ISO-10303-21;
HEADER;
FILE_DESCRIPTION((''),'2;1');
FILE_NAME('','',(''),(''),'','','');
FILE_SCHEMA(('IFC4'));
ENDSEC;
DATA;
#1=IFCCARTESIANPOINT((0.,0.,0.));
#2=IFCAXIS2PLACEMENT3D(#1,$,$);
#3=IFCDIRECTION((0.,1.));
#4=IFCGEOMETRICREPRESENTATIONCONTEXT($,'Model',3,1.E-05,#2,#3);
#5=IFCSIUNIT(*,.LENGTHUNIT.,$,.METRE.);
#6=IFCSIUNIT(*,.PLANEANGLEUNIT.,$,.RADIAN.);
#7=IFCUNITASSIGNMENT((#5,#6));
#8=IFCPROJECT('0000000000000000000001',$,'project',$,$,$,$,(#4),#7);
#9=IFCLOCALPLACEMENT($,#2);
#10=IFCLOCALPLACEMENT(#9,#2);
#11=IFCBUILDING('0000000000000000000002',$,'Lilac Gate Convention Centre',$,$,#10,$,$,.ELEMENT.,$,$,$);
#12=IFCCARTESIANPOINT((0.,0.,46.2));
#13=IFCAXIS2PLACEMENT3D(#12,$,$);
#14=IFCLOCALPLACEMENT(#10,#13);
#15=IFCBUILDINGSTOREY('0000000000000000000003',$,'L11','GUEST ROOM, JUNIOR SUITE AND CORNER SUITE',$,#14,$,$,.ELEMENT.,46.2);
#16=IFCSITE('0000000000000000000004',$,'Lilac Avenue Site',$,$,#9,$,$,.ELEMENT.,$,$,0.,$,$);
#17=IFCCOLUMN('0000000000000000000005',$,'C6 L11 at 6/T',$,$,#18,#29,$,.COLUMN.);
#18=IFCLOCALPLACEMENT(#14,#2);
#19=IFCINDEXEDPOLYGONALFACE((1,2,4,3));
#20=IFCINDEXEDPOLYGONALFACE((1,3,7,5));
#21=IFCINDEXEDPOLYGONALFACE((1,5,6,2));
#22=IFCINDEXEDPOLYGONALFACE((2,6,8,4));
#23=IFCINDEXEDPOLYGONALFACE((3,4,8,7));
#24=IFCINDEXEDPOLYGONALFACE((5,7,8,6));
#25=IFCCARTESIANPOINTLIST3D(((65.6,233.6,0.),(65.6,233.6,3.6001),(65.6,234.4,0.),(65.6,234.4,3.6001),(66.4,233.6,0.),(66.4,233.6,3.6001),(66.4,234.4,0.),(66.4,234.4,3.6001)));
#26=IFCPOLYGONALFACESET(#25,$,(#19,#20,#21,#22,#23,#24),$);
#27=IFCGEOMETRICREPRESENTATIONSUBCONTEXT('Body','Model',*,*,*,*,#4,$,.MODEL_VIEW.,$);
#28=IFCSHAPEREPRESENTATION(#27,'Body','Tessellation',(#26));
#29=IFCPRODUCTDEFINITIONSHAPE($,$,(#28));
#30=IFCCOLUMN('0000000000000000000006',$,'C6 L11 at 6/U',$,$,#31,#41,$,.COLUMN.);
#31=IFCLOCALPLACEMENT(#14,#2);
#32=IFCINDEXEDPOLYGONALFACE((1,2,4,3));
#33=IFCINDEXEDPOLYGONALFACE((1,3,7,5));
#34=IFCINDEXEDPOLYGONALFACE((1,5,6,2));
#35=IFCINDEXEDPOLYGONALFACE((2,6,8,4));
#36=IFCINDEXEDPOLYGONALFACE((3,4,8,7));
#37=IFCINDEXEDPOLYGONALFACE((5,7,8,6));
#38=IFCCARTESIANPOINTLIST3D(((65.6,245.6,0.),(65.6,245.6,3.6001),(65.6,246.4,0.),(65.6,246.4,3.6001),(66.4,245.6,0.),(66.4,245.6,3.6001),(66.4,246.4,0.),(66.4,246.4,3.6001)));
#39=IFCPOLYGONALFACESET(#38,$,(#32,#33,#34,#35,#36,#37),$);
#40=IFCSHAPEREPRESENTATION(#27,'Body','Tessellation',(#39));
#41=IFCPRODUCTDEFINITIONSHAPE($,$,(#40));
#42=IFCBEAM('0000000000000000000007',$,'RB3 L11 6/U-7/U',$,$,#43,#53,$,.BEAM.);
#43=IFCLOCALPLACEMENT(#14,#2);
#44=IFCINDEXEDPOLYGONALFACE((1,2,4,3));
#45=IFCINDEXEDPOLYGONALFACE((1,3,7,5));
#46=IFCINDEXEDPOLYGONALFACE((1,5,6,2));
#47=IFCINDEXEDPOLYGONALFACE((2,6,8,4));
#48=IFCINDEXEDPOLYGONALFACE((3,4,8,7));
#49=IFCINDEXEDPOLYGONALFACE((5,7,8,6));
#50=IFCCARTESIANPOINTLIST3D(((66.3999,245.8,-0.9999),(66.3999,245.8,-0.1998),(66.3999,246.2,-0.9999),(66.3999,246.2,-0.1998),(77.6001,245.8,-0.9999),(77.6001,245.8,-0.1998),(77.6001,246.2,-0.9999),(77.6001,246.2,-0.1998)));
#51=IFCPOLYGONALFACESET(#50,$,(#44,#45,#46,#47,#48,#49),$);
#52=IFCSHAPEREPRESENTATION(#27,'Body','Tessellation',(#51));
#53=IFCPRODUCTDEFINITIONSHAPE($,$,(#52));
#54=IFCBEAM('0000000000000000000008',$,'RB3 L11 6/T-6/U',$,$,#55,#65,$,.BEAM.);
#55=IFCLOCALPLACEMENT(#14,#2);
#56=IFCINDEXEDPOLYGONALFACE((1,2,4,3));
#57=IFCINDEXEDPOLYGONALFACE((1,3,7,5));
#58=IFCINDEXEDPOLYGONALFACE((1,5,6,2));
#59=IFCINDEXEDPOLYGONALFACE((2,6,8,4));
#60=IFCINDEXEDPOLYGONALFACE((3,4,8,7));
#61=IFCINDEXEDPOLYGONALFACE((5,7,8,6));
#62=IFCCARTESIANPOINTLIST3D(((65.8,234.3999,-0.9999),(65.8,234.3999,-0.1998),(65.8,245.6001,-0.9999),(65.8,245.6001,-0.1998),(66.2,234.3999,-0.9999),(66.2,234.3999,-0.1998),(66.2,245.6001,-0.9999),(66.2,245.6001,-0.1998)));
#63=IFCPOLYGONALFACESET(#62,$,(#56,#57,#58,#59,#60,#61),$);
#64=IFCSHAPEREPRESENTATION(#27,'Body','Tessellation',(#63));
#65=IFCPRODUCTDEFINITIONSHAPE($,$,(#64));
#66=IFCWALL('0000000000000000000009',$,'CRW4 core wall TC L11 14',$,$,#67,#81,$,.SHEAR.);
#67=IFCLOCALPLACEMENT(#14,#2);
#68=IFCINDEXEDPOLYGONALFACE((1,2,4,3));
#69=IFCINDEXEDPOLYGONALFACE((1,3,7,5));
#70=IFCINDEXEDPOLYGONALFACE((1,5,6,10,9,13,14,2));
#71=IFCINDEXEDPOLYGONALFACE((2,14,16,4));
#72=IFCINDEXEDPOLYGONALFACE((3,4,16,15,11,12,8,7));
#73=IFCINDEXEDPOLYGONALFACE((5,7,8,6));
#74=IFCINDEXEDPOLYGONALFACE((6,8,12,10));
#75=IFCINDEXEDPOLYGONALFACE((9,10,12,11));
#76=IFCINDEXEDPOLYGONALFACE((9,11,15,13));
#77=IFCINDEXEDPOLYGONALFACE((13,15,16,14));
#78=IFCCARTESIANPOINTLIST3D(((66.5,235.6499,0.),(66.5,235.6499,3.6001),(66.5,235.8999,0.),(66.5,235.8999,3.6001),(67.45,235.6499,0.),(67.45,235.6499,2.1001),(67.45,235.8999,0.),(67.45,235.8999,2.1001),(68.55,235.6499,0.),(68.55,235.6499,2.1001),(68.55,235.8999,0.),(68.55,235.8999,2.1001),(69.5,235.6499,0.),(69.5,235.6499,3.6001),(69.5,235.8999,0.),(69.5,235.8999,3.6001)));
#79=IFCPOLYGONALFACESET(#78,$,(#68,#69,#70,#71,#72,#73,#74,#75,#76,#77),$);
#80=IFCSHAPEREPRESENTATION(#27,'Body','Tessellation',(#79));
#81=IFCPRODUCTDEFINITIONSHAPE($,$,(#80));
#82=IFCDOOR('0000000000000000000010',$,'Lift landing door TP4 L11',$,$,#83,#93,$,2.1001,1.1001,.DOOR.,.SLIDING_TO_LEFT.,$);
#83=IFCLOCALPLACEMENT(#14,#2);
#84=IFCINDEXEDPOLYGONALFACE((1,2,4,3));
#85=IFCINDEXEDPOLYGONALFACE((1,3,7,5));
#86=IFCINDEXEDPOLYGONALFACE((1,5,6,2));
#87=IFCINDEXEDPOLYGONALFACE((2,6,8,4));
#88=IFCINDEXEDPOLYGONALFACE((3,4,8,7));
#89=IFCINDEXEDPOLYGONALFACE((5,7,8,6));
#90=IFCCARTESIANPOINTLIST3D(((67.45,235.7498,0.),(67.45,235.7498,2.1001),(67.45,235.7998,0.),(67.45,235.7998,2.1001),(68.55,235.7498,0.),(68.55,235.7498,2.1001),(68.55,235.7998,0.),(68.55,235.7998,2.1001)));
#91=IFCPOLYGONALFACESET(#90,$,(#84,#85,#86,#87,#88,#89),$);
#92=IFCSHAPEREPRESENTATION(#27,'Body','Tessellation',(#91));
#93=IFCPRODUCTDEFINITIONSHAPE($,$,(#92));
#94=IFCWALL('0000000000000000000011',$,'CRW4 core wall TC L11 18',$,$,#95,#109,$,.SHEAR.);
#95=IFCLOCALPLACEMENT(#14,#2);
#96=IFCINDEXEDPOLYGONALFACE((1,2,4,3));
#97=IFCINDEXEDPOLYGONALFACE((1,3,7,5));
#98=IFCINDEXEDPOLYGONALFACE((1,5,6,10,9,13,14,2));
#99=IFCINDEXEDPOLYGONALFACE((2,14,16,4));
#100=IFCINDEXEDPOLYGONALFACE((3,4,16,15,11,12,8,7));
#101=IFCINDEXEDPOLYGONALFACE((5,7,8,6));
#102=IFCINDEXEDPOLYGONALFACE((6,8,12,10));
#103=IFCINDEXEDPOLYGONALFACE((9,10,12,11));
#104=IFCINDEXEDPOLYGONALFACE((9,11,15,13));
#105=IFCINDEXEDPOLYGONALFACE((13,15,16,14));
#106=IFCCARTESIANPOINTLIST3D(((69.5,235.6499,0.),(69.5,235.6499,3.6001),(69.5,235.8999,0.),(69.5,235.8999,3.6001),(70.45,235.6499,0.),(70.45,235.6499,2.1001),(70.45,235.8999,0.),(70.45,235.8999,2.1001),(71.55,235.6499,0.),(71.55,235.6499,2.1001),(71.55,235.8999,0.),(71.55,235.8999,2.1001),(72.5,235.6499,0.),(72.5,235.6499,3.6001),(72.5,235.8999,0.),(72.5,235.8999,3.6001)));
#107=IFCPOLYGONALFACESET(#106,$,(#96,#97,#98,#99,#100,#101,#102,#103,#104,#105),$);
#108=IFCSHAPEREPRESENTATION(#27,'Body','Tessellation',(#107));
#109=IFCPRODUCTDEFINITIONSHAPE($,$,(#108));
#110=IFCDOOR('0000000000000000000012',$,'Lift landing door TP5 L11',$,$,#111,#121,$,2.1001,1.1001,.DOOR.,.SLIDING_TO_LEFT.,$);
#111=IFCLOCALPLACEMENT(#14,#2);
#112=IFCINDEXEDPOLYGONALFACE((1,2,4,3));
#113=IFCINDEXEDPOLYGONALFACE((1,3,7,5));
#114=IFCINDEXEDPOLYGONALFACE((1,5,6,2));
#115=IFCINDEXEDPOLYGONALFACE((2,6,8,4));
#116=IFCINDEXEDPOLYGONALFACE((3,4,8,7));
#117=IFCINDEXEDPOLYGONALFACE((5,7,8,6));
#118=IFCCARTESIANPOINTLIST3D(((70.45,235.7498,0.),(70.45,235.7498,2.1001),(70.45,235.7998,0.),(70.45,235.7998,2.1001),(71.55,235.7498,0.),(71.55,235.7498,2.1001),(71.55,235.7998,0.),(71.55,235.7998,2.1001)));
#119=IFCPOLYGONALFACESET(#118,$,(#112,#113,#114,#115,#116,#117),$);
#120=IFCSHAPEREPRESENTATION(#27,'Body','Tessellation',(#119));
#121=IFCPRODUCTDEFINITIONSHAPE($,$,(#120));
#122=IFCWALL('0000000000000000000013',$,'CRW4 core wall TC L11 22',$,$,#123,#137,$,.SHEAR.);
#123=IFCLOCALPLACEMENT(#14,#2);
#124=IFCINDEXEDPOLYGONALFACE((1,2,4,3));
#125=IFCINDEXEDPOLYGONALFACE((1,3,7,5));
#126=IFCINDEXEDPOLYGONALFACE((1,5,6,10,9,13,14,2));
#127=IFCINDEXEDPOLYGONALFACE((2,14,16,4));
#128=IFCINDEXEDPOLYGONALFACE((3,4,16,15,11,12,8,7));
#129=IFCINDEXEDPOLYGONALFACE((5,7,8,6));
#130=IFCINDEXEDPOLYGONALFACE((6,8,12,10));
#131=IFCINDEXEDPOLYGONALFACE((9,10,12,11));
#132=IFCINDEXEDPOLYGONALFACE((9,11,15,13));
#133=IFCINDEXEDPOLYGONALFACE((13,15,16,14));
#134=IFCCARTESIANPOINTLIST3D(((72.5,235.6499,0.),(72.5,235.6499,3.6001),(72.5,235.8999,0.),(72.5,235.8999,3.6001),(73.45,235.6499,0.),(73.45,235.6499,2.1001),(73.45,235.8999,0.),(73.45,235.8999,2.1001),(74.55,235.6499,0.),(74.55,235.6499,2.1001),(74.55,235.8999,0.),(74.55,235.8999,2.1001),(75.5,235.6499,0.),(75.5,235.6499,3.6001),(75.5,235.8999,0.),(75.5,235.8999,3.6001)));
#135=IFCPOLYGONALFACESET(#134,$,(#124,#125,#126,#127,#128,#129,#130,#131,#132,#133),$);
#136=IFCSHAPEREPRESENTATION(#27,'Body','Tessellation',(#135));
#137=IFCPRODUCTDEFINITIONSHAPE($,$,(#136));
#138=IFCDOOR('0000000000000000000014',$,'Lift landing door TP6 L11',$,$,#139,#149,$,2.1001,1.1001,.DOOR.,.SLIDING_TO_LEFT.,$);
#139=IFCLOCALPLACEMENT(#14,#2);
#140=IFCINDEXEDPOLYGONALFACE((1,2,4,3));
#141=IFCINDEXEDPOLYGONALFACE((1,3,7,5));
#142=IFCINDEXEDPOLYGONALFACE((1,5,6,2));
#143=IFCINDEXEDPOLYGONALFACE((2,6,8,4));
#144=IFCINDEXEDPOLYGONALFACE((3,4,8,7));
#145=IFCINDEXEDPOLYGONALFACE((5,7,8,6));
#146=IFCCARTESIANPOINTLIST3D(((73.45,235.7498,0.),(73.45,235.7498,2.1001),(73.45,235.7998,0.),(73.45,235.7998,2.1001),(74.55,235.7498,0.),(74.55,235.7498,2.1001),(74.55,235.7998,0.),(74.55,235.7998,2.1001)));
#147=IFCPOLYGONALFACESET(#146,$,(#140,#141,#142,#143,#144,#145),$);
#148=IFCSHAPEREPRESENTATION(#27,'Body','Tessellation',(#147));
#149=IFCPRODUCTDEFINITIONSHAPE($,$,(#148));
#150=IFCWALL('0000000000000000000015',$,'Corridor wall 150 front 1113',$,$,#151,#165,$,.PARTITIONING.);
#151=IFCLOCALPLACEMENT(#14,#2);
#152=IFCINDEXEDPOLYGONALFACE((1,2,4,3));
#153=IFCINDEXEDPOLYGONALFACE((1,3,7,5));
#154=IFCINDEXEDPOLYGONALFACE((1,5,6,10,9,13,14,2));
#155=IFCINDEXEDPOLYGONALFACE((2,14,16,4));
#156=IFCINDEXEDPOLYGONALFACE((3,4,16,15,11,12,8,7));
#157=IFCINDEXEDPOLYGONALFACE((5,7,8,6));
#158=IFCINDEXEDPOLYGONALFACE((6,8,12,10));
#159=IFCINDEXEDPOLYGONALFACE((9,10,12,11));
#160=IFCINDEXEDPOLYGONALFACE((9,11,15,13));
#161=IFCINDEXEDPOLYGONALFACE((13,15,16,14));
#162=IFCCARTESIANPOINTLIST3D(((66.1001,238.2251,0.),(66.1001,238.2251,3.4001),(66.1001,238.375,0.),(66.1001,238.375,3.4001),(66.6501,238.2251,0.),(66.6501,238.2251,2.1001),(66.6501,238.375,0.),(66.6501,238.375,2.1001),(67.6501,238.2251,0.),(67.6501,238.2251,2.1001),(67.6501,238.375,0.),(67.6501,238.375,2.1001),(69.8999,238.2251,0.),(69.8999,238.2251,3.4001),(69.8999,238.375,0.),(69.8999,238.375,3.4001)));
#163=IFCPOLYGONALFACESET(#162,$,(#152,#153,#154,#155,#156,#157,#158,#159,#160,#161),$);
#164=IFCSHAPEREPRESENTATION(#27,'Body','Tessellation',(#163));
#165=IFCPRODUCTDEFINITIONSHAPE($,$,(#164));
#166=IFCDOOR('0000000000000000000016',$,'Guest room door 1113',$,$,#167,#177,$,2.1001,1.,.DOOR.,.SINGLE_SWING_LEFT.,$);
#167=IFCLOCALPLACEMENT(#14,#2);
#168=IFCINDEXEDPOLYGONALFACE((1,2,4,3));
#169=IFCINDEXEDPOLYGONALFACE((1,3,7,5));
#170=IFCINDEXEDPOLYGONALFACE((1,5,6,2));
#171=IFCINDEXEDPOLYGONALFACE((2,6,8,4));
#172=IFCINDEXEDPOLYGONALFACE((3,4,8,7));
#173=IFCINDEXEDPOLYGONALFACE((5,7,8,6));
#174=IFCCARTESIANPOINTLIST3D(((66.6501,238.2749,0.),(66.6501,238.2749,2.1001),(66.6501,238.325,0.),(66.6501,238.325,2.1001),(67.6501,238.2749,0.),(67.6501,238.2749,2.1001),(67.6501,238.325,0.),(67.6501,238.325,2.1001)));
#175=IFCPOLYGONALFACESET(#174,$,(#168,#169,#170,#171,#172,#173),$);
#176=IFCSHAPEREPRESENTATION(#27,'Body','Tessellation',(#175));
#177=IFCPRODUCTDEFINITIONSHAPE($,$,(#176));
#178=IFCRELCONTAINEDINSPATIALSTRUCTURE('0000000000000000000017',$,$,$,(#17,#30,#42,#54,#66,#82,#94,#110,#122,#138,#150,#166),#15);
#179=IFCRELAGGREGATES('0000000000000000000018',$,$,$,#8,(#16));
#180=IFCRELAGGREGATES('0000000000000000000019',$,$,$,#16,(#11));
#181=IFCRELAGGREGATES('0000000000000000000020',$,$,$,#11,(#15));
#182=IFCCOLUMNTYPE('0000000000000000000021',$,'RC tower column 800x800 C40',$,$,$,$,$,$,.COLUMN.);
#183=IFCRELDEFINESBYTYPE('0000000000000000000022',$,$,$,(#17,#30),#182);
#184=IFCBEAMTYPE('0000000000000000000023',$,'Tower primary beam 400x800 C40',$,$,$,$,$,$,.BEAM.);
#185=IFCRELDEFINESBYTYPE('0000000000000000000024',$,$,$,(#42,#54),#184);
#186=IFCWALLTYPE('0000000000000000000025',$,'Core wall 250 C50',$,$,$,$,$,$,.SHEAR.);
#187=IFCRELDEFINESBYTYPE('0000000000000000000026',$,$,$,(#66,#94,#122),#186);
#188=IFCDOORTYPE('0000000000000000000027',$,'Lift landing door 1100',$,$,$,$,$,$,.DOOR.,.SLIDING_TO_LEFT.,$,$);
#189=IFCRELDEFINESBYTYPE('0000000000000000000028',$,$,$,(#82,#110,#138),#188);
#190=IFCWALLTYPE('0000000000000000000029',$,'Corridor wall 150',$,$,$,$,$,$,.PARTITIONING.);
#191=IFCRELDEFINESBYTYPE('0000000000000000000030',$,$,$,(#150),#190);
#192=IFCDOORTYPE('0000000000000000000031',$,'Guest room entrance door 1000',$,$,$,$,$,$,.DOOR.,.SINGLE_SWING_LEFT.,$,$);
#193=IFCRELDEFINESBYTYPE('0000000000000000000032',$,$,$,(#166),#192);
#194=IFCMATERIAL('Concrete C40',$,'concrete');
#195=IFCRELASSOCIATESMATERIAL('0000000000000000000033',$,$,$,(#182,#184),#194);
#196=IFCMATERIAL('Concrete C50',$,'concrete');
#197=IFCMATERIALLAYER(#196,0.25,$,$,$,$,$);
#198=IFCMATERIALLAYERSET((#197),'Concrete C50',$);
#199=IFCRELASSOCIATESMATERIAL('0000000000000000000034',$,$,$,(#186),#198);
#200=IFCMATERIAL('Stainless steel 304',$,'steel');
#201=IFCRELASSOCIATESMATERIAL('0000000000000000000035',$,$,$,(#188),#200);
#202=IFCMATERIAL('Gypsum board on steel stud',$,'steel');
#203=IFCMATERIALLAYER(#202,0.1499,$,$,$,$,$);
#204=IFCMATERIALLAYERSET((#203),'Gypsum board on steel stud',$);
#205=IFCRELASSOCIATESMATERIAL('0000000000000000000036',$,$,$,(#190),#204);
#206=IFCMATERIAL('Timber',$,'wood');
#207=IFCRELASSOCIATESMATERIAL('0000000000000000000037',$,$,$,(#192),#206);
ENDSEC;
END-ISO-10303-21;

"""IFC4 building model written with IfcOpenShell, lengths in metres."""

from ifc_helpers import new_model, si_unit, direction, frame, frame_2d, origin, origin_2d, place, context, subcontext, project, spatial, rectangle, extrude, material, layer, layer_set, material_profile, profile_set, type_object, element, fill, save


model = new_model("IFC4")

# Units and contexts
model_context = context("Model", 3, precision=1e-05, world=origin(), true_north=direction((0.0, 1.0)))
body_context = subcontext(model_context, "Body", "Model", "MODEL_VIEW")
ifc_project = project(units=[si_unit("LENGTHUNIT", "METRE"), si_unit("PLANEANGLEUNIT", "RADIAN")], contexts=[model_context])

# Site, building, storey
site_placement = place(None, origin())
site = spatial("IfcSite", under=ifc_project, at=site_placement, Name="Lilac Avenue Site", CompositionType="ELEMENT", RefElevation=0.0)
building_placement = place(site_placement, origin())
building = spatial("IfcBuilding", under=site, at=building_placement, Name="Lilac Gate Convention Centre", CompositionType="ELEMENT")
storey_placement = place(building_placement, frame((0.0, 0.0, 46.2)))
storey = spatial("IfcBuildingStorey", under=building, at=storey_placement, Name="L11", Description="GUEST ROOM, JUNIOR SUITE AND CORNER SUITE", CompositionType="ELEMENT", Elevation=46.2)

# Columns
ifc_material_1 = material(Name="Concrete C40", Category="concrete")
ifc_material_profile_1 = material_profile(ifc_material_1, rectangle(XDim=0.8, YDim=0.8, at=origin_2d()), Name="RC 800x800")
ifc_profile_set_1 = profile_set([ifc_material_profile_1], Name="Concrete C40")
column_type = type_object("IfcColumnType", Name="RC tower column 800x800 C40", PredefinedType="COLUMN", material=ifc_profile_set_1)
for number, where, z_axis, x_axis, name in (
    (1, (66.0, 234.0, 0.0), (0.0, 0.0, 1.0), (1.0, 0.0, 0.0), "C6 L11 at 6/T"),
    (2, (66.0, 246.0, 0.0), (0.0, 0.0, 1.0), (1.0, 0.0, 0.0), "C6 L11 at 6/U"),
):
    element("IfcColumn", number, at=place(storey_placement, frame(where, z_axis=z_axis, x_axis=x_axis)), inside=storey, type_object=column_type, Name=name, PredefinedType="COLUMN", context=body_context, shape_type="SweptSolid", body=[
        extrude(rectangle(XDim=0.8, YDim=0.8, at=origin_2d()), origin(), (0.0, 0.0, 1.0), 3.6001),
    ])

# Beams
ifc_material_profile_2 = material_profile(ifc_material_1, rectangle(XDim=0.3999, YDim=0.8, at=origin_2d()), Name="RC 400x800")
ifc_profile_set_2 = profile_set([ifc_material_profile_2], Name="Concrete C40")
beam_type = type_object("IfcBeamType", Name="Tower primary beam 400x800 C40", PredefinedType="BEAM", material=ifc_profile_set_2)
for number, where, z_axis, x_axis, name in (
    (3, (66.3999, 246.0, -0.5999), (1.0, 0.0, 0.0), (0.0, 1.0, 0.0), "RB3 L11 6/U-7/U"),
    (4, (66.0, 234.3999, -0.5999), (0.0, 1.0, 0.0), (-1.0, 0.0, 0.0), "RB3 L11 6/T-6/U"),
):
    element("IfcBeam", number, at=place(storey_placement, frame(where, z_axis=z_axis, x_axis=x_axis)), inside=storey, type_object=beam_type, Name=name, PredefinedType="BEAM", context=body_context, shape_type="SweptSolid", body=[
        extrude(rectangle(XDim=0.3999, YDim=0.8, at=origin_2d()), origin(), (0.0, 0.0, 1.0), 11.2002),
    ])

# Walls, openings, doors
ifc_material_2 = material(Name="Concrete C50", Category="concrete")
ifc_layer_1 = layer(ifc_material_2, 0.25)
ifc_layer_set_1 = layer_set([ifc_layer_1], Name="Concrete C50")
wall_type_1 = type_object("IfcWallType", Name="Core wall 250 C50", PredefinedType="SHEAR", material=ifc_layer_set_1)
wall_1_placement = place(storey_placement, frame((66.5, 235.7749, 0.0), z_axis=(0.0, 0.0, 1.0), x_axis=(1.0, 0.0, 0.0)))
wall_1 = element("IfcWall", 5, at=wall_1_placement, inside=storey, type_object=wall_type_1, Name="CRW4 core wall TC L11 14", PredefinedType="SHEAR", context=body_context, shape_type="SweptSolid", body=[
    extrude(rectangle(XDim=3.0, YDim=0.25, at=frame_2d((1.5, 0.0))), origin(), (0.0, 0.0, 1.0), 3.6001),
])
opening_1_placement = place(wall_1_placement, frame((0.95, 0.0, 0.0)))
opening_1 = element("IfcOpeningElement", 6, at=opening_1_placement, cuts=wall_1, PredefinedType="OPENING", context=body_context, shape_type="SweptSolid", body=[
    extrude(rectangle(XDim=1.1001, YDim=2.1001, at=frame_2d((0.55, 1.05))), frame((0.0, 0.135, 0.0), z_axis=(0.0, -1.0, 0.0), x_axis=(1.0, 0.0, 0.0)), (0.0, 0.0, 1.0), 0.27),
])
ifc_material_3 = material(Name="Stainless steel 304", Category="steel")
door_type_1 = type_object("IfcDoorType", Name="Lift landing door 1100", OperationType="SLIDING_TO_LEFT", PredefinedType="DOOR", material=ifc_material_3)
door_1_placement = place(opening_1_placement, origin())
door_1 = element("IfcDoor", 7, at=door_1_placement, inside=storey, type_object=door_type_1, Name="Lift landing door TP4 L11", OperationType="SLIDING_TO_LEFT", OverallHeight=2.1001, OverallWidth=1.1001, PredefinedType="DOOR", context=body_context, shape_type="SweptSolid", body=[
    extrude(rectangle(XDim=1.1001, YDim=2.1001, at=frame_2d((0.55, 1.05))), frame((0.0, 0.0249, 0.0), z_axis=(0.0, -1.0, 0.0), x_axis=(1.0, 0.0, 0.0)), (0.0, 0.0, 1.0), 0.05),
])
fill(opening_1, door_1)
wall_2_placement = place(storey_placement, frame((69.5, 235.7749, 0.0), z_axis=(0.0, 0.0, 1.0), x_axis=(1.0, 0.0, 0.0)))
wall_2 = element("IfcWall", 8, at=wall_2_placement, inside=storey, type_object=wall_type_1, Name="CRW4 core wall TC L11 18", PredefinedType="SHEAR", context=body_context, shape_type="SweptSolid", body=[
    extrude(rectangle(XDim=3.0, YDim=0.25, at=frame_2d((1.5, 0.0))), origin(), (0.0, 0.0, 1.0), 3.6001),
])
opening_2_placement = place(wall_2_placement, frame((0.95, 0.0, 0.0)))
opening_2 = element("IfcOpeningElement", 9, at=opening_2_placement, cuts=wall_2, PredefinedType="OPENING", context=body_context, shape_type="SweptSolid", body=[
    extrude(rectangle(XDim=1.1001, YDim=2.1001, at=frame_2d((0.55, 1.05))), frame((0.0, 0.135, 0.0), z_axis=(0.0, -1.0, 0.0), x_axis=(1.0, 0.0, 0.0)), (0.0, 0.0, 1.0), 0.27),
])
door_2_placement = place(opening_2_placement, origin())
door_2 = element("IfcDoor", 10, at=door_2_placement, inside=storey, type_object=door_type_1, Name="Lift landing door TP5 L11", OperationType="SLIDING_TO_LEFT", OverallHeight=2.1001, OverallWidth=1.1001, PredefinedType="DOOR", context=body_context, shape_type="SweptSolid", body=[
    extrude(rectangle(XDim=1.1001, YDim=2.1001, at=frame_2d((0.55, 1.05))), frame((0.0, 0.0249, 0.0), z_axis=(0.0, -1.0, 0.0), x_axis=(1.0, 0.0, 0.0)), (0.0, 0.0, 1.0), 0.05),
])
fill(opening_2, door_2)
wall_3_placement = place(storey_placement, frame((72.5, 235.7749, 0.0), z_axis=(0.0, 0.0, 1.0), x_axis=(1.0, 0.0, 0.0)))
wall_3 = element("IfcWall", 11, at=wall_3_placement, inside=storey, type_object=wall_type_1, Name="CRW4 core wall TC L11 22", PredefinedType="SHEAR", context=body_context, shape_type="SweptSolid", body=[
    extrude(rectangle(XDim=3.0, YDim=0.25, at=frame_2d((1.5, 0.0))), origin(), (0.0, 0.0, 1.0), 3.6001),
])
opening_3_placement = place(wall_3_placement, frame((0.95, 0.0, 0.0)))
opening_3 = element("IfcOpeningElement", 12, at=opening_3_placement, cuts=wall_3, PredefinedType="OPENING", context=body_context, shape_type="SweptSolid", body=[
    extrude(rectangle(XDim=1.1001, YDim=2.1001, at=frame_2d((0.55, 1.05))), frame((0.0, 0.135, 0.0), z_axis=(0.0, -1.0, 0.0), x_axis=(1.0, 0.0, 0.0)), (0.0, 0.0, 1.0), 0.27),
])
door_3_placement = place(opening_3_placement, origin())
door_3 = element("IfcDoor", 13, at=door_3_placement, inside=storey, type_object=door_type_1, Name="Lift landing door TP6 L11", OperationType="SLIDING_TO_LEFT", OverallHeight=2.1001, OverallWidth=1.1001, PredefinedType="DOOR", context=body_context, shape_type="SweptSolid", body=[
    extrude(rectangle(XDim=1.1001, YDim=2.1001, at=frame_2d((0.55, 1.05))), frame((0.0, 0.0249, 0.0), z_axis=(0.0, -1.0, 0.0), x_axis=(1.0, 0.0, 0.0)), (0.0, 0.0, 1.0), 0.05),
])
fill(opening_3, door_3)
ifc_material_4 = material(Name="Gypsum board on steel stud", Category="steel")
ifc_layer_2 = layer(ifc_material_4, 0.1499)
ifc_layer_set_2 = layer_set([ifc_layer_2], Name="Gypsum board on steel stud")
wall_type_2 = type_object("IfcWallType", Name="Corridor wall 150", PredefinedType="PARTITIONING", material=ifc_layer_set_2)
wall_4_placement = place(storey_placement, frame((66.1001, 238.3, 0.0), z_axis=(0.0, 0.0, 1.0), x_axis=(1.0, 0.0, 0.0)))
wall_4 = element("IfcWall", 14, at=wall_4_placement, inside=storey, type_object=wall_type_2, Name="Corridor wall 150 front 1113", PredefinedType="PARTITIONING", context=body_context, shape_type="SweptSolid", body=[
    extrude(rectangle(XDim=3.7998, YDim=0.1499, at=frame_2d((1.8999, 0.0))), origin(), (0.0, 0.0, 1.0), 3.4001),
])
opening_4_placement = place(wall_4_placement, frame((0.55, 0.0, 0.0)))
opening_4 = element("IfcOpeningElement", 15, at=opening_4_placement, cuts=wall_4, PredefinedType="OPENING", context=body_context, shape_type="SweptSolid", body=[
    extrude(rectangle(XDim=1.0, YDim=2.1001, at=frame_2d((0.5, 1.05))), frame((0.0, 0.085, 0.0), z_axis=(0.0, -1.0, 0.0), x_axis=(1.0, 0.0, 0.0)), (0.0, 0.0, 1.0), 0.1699),
])
ifc_material_5 = material(Name="Timber", Category="wood")
door_type_2 = type_object("IfcDoorType", Name="Guest room entrance door 1000", OperationType="SINGLE_SWING_LEFT", PredefinedType="DOOR", material=ifc_material_5)
door_4_placement = place(opening_4_placement, origin())
door_4 = element("IfcDoor", 16, at=door_4_placement, inside=storey, type_object=door_type_2, Name="Guest room door 1113", OperationType="SINGLE_SWING_LEFT", OverallHeight=2.1001, OverallWidth=1.0, PredefinedType="DOOR", context=body_context, shape_type="SweptSolid", body=[
    extrude(rectangle(XDim=1.0, YDim=2.1001, at=frame_2d((0.5, 1.05))), frame((0.0, 0.0249, 0.0), z_axis=(0.0, -1.0, 0.0), x_axis=(1.0, 0.0, 0.0)), (0.0, 0.0, 1.0), 0.05),
])
fill(opening_4, door_4)

save(model, "model.ifc")
